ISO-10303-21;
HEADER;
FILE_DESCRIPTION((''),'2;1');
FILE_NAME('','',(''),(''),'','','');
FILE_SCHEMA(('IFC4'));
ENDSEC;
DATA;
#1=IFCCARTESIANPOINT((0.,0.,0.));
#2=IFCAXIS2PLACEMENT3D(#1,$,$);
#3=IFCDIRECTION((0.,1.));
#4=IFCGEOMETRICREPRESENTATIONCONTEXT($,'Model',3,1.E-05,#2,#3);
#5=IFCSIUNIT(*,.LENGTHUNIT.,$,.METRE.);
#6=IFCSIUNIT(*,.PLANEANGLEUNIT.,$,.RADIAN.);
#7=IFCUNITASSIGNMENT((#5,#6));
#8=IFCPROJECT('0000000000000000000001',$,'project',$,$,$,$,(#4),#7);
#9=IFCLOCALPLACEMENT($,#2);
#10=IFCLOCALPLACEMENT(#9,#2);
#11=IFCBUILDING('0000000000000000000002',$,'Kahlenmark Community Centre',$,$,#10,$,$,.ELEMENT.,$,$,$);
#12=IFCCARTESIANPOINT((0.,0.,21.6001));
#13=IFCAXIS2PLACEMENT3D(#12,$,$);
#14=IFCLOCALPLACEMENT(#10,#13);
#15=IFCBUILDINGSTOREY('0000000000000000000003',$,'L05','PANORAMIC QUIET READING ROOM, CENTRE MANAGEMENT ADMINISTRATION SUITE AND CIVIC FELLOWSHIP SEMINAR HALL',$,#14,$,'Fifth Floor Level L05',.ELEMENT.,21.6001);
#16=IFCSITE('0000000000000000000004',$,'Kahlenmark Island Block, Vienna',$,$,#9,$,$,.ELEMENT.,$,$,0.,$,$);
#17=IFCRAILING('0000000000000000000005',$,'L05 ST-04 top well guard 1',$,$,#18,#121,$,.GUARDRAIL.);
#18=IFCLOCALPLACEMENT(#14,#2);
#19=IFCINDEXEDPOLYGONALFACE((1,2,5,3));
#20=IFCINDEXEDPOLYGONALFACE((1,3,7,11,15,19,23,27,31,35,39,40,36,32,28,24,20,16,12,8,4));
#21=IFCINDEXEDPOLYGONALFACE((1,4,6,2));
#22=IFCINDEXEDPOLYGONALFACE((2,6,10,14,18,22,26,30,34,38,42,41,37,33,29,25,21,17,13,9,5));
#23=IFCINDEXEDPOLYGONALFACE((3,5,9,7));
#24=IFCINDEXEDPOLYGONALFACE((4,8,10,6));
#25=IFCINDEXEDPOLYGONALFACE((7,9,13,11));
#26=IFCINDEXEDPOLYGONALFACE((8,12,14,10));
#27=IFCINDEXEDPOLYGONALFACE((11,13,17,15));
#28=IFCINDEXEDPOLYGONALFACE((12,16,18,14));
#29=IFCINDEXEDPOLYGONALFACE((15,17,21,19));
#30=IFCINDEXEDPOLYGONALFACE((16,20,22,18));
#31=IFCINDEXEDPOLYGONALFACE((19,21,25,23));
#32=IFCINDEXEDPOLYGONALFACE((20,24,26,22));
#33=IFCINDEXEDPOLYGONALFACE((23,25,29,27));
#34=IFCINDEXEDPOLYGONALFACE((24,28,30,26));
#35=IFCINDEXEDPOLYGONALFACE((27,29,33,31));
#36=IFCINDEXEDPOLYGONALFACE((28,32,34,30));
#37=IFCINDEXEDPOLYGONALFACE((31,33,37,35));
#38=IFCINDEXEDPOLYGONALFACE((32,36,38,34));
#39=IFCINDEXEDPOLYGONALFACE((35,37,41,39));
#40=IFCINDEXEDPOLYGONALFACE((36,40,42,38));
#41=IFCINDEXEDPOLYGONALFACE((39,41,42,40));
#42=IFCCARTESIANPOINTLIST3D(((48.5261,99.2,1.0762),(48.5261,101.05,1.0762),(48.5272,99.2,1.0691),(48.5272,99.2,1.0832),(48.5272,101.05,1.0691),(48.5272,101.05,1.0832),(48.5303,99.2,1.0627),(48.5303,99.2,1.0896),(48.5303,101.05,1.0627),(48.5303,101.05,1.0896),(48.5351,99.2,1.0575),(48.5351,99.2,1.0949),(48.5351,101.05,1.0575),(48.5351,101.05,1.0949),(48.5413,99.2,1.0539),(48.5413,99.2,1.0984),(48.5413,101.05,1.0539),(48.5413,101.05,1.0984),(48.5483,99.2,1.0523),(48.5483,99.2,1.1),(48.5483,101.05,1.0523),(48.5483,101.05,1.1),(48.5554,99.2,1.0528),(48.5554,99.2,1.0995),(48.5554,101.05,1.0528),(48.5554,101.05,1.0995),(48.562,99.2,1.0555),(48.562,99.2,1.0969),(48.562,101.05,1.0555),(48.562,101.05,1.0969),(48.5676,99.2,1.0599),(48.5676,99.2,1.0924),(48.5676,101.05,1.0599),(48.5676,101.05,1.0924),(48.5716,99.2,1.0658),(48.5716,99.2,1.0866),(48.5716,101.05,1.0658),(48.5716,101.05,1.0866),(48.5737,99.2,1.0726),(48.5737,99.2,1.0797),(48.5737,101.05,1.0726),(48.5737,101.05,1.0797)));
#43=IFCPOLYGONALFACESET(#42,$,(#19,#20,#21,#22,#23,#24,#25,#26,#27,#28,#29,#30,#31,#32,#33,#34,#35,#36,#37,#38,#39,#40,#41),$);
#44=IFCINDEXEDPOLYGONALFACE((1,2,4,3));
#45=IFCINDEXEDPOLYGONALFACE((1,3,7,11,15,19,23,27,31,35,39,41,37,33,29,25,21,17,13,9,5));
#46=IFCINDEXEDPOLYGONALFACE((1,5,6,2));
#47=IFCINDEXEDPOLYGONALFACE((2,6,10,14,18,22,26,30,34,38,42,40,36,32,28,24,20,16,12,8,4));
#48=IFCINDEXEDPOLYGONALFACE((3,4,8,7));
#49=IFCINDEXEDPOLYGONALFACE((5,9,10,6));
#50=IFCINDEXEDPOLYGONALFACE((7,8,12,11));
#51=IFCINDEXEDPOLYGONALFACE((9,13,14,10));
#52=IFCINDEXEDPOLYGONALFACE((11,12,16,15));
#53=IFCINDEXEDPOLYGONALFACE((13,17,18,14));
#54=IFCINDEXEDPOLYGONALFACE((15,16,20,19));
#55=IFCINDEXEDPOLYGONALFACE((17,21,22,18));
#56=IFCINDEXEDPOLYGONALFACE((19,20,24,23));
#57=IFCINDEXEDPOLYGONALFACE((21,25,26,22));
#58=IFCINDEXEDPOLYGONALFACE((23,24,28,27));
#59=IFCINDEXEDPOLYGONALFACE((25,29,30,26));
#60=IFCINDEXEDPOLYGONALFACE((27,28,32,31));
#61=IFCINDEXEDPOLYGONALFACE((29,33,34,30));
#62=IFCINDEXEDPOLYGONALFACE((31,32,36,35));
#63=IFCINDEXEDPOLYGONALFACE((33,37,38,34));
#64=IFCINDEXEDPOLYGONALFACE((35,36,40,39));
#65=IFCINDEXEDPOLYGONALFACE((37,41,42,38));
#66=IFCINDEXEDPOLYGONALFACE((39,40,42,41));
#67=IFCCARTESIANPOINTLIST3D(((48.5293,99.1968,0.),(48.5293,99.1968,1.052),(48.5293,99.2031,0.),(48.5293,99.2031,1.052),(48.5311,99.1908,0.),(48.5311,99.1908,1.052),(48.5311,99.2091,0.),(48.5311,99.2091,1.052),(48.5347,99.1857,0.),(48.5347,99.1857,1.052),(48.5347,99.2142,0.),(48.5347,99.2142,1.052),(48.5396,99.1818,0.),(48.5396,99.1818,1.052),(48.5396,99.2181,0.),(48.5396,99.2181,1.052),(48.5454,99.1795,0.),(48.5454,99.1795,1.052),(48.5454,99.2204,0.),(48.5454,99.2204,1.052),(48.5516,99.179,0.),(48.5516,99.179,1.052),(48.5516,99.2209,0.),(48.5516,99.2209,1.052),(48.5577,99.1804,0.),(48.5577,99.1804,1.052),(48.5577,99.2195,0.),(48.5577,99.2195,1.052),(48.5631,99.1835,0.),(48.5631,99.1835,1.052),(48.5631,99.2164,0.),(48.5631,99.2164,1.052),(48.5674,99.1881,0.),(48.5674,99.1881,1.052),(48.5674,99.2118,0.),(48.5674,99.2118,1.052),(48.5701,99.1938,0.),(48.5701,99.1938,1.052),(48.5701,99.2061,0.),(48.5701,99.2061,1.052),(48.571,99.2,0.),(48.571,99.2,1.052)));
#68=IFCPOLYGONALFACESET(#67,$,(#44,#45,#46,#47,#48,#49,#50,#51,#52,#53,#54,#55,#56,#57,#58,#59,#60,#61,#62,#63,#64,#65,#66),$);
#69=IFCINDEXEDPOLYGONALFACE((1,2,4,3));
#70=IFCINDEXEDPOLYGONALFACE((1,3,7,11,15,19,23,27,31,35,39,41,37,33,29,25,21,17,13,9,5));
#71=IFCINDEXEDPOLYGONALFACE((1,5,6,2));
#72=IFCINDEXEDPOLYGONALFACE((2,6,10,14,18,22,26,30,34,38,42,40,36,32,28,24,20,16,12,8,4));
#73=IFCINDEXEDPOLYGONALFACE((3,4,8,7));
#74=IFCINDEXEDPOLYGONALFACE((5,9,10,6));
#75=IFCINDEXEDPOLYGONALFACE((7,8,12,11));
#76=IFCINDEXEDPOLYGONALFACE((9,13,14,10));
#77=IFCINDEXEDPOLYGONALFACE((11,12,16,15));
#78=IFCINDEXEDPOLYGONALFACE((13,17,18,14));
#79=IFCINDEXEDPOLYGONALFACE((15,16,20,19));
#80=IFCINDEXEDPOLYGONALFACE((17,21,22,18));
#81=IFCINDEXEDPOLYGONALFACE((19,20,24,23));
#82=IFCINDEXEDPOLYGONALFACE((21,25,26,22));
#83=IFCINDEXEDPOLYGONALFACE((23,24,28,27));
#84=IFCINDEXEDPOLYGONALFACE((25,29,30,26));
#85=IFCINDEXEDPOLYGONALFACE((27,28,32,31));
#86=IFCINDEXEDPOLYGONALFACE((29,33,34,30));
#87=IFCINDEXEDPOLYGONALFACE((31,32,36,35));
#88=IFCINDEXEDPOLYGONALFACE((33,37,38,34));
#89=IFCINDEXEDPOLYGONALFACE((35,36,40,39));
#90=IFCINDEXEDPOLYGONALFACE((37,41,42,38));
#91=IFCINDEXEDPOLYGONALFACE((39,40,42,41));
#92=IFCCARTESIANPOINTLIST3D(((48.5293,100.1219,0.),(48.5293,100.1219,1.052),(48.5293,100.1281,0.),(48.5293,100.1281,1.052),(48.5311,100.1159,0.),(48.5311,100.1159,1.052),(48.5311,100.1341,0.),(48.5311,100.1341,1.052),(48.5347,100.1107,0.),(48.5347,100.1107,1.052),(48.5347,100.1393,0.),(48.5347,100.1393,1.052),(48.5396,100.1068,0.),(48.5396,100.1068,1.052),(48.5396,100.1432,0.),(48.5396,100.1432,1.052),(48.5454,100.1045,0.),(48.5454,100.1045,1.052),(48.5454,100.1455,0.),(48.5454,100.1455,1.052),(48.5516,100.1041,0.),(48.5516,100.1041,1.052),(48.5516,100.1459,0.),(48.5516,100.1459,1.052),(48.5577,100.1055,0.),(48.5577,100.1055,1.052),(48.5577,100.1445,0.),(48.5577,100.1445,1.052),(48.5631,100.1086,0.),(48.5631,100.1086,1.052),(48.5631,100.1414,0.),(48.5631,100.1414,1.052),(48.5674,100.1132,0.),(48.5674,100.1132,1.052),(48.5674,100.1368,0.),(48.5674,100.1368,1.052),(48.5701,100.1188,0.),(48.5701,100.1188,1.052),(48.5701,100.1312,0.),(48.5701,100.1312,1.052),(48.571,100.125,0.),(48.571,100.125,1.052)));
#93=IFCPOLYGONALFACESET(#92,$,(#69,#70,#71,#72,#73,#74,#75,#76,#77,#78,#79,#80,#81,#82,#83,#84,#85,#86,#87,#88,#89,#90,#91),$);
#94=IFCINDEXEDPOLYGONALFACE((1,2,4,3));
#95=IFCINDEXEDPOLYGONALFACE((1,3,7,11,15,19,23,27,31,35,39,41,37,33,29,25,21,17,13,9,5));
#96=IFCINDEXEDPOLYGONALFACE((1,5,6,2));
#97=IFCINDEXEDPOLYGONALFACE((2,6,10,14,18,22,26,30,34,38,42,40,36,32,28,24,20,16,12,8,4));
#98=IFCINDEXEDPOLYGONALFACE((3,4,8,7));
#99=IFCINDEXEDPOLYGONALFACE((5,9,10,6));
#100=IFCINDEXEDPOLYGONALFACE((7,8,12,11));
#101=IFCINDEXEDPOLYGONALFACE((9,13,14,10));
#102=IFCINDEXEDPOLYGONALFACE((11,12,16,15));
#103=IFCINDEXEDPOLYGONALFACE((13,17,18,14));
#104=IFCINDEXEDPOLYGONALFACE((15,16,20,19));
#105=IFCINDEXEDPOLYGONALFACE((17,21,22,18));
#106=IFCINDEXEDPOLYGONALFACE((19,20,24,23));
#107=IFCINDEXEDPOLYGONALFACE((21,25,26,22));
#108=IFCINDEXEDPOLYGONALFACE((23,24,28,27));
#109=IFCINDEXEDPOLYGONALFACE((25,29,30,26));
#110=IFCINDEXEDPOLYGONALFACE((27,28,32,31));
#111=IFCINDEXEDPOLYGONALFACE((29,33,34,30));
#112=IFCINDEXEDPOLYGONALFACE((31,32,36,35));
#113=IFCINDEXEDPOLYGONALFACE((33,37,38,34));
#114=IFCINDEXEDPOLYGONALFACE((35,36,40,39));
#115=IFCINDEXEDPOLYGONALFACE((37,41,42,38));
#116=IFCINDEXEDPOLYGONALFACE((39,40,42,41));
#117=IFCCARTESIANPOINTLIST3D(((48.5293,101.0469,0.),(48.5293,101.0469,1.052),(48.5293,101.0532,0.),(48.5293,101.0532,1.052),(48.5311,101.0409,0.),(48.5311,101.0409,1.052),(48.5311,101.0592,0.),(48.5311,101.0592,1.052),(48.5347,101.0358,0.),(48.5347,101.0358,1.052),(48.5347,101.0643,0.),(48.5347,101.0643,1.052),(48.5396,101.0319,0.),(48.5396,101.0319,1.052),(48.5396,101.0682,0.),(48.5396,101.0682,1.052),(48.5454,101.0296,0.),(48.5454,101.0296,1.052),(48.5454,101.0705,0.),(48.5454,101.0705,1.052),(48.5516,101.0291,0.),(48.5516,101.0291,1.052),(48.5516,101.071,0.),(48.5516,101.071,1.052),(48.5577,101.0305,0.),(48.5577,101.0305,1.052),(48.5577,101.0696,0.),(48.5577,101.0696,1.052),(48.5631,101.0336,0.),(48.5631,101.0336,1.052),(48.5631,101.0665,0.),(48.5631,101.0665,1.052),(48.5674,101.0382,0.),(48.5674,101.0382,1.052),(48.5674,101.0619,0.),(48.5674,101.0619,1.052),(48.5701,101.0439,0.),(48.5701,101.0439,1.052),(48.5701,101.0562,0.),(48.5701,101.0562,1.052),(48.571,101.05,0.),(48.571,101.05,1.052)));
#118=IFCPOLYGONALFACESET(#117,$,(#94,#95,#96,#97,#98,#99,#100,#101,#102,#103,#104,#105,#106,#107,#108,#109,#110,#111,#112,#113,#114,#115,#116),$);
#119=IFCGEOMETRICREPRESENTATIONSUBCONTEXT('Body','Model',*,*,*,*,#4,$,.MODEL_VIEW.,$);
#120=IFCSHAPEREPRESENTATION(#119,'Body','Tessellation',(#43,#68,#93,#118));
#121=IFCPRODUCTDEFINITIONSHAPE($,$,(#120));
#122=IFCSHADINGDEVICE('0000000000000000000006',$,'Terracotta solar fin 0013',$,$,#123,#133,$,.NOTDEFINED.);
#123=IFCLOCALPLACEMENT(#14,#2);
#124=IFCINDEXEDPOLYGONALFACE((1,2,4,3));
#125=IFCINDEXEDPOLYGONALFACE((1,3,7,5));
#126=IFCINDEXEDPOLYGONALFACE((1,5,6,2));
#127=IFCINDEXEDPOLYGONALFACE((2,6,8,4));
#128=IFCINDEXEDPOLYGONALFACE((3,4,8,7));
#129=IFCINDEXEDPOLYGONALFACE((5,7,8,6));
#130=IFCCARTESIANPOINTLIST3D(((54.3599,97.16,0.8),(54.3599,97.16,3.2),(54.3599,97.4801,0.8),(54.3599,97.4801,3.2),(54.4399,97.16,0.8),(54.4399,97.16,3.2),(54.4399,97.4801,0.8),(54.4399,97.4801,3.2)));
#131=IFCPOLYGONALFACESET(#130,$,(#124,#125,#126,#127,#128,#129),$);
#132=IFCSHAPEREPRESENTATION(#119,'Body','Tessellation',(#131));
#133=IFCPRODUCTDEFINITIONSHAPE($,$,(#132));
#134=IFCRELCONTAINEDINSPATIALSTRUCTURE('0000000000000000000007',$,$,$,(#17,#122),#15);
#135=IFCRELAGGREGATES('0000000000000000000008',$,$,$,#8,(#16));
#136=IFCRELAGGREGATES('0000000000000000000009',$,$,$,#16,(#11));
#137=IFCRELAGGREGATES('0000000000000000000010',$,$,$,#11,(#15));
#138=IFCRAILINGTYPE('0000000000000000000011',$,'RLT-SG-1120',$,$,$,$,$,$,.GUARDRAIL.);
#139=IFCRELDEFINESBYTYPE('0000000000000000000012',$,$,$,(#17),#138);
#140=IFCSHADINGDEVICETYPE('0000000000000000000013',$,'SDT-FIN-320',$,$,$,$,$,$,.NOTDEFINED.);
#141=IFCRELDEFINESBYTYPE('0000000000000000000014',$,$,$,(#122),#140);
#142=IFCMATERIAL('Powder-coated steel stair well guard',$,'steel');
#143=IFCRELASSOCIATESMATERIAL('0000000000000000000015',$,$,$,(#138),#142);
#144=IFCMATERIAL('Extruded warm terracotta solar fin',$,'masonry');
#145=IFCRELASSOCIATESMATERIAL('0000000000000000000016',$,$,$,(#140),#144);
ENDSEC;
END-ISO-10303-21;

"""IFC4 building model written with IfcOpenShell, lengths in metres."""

from ifc_helpers import new_model, si_unit, direction, frame, origin, origin_2d, place, context, subcontext, project, spatial, rectangle, circle, extrude, material, type_object, element, save


model = new_model("IFC4")

# Units and contexts
model_context = context("Model", 3, precision=1e-05, world=origin(), true_north=direction((0.0, 1.0)))
body_context = subcontext(model_context, "Body", "Model", "MODEL_VIEW")
ifc_project = project(units=[si_unit("LENGTHUNIT", "METRE"), si_unit("PLANEANGLEUNIT", "RADIAN")], contexts=[model_context])

# Site, building, storey
site_placement = place(None, origin())
site = spatial("IfcSite", under=ifc_project, at=site_placement, Name="Kahlenmark Island Block, Vienna", CompositionType="ELEMENT", RefElevation=0.0)
building_placement = place(site_placement, origin())
building = spatial("IfcBuilding", under=site, at=building_placement, Name="Kahlenmark Community Centre", CompositionType="ELEMENT")
storey_placement = place(building_placement, frame((0.0, 0.0, 21.6001)))
storey = spatial("IfcBuildingStorey", under=building, at=storey_placement, Name="L05", Description="PANORAMIC QUIET READING ROOM, CENTRE MANAGEMENT ADMINISTRATION SUITE AND CIVIC FELLOWSHIP SEMINAR HALL", LongName="Fifth Floor Level L05", CompositionType="ELEMENT", Elevation=21.6001)

# Railing
ifc_material_1 = material(Name="Powder-coated steel stair well guard", Category="steel")
railing_type = type_object("IfcRailingType", Name="RLT-SG-1120", PredefinedType="GUARDRAIL", material=ifc_material_1)
railing_placement = place(storey_placement, frame((48.55, 99.2, 0.0)))
element("IfcRailing", 1, at=railing_placement, inside=storey, type_object=railing_type, Name="L05 ST-04 top well guard 1", PredefinedType="GUARDRAIL", context=body_context, shape_type="SweptSolid", body=[
    extrude(circle(Radius=0.0239, at=origin_2d()), frame((0.0, 0.0, 1.0762), z_axis=(0.0, 1.0, 0.0), x_axis=(-1.0, 0.0, 0.0)), (0.0, 0.0, 1.0), 1.8501),
    extrude(circle(Radius=0.021, at=origin_2d()), origin(), (0.0, 0.0, 1.0), 1.052),
    extrude(circle(Radius=0.021, at=origin_2d()), frame((0.0, 0.925, 0.0)), (0.0, 0.0, 1.0), 1.052),
    extrude(circle(Radius=0.021, at=origin_2d()), frame((0.0, 1.8501, 0.0)), (0.0, 0.0, 1.0), 1.052),
])

# Shading device
ifc_material_2 = material(Name="Extruded warm terracotta solar fin", Category="masonry")
shading_device_type = type_object("IfcShadingDeviceType", Name="SDT-FIN-320", PredefinedType="NOTDEFINED", material=ifc_material_2)
shading_device_placement = place(storey_placement, frame((54.3999, 97.3201, 0.8), z_axis=(0.0, 0.0, 1.0), x_axis=(1.0, 0.0, 0.0)))
element("IfcShadingDevice", 2, at=shading_device_placement, inside=storey, type_object=shading_device_type, Name="Terracotta solar fin 0013", PredefinedType="NOTDEFINED", context=body_context, shape_type="SweptSolid", body=[
    extrude(rectangle(XDim=0.0801, YDim=0.3201, at=origin_2d()), origin(), (0.0, 0.0, 1.0), 2.3999),
])

save(model, "model.ifc")
